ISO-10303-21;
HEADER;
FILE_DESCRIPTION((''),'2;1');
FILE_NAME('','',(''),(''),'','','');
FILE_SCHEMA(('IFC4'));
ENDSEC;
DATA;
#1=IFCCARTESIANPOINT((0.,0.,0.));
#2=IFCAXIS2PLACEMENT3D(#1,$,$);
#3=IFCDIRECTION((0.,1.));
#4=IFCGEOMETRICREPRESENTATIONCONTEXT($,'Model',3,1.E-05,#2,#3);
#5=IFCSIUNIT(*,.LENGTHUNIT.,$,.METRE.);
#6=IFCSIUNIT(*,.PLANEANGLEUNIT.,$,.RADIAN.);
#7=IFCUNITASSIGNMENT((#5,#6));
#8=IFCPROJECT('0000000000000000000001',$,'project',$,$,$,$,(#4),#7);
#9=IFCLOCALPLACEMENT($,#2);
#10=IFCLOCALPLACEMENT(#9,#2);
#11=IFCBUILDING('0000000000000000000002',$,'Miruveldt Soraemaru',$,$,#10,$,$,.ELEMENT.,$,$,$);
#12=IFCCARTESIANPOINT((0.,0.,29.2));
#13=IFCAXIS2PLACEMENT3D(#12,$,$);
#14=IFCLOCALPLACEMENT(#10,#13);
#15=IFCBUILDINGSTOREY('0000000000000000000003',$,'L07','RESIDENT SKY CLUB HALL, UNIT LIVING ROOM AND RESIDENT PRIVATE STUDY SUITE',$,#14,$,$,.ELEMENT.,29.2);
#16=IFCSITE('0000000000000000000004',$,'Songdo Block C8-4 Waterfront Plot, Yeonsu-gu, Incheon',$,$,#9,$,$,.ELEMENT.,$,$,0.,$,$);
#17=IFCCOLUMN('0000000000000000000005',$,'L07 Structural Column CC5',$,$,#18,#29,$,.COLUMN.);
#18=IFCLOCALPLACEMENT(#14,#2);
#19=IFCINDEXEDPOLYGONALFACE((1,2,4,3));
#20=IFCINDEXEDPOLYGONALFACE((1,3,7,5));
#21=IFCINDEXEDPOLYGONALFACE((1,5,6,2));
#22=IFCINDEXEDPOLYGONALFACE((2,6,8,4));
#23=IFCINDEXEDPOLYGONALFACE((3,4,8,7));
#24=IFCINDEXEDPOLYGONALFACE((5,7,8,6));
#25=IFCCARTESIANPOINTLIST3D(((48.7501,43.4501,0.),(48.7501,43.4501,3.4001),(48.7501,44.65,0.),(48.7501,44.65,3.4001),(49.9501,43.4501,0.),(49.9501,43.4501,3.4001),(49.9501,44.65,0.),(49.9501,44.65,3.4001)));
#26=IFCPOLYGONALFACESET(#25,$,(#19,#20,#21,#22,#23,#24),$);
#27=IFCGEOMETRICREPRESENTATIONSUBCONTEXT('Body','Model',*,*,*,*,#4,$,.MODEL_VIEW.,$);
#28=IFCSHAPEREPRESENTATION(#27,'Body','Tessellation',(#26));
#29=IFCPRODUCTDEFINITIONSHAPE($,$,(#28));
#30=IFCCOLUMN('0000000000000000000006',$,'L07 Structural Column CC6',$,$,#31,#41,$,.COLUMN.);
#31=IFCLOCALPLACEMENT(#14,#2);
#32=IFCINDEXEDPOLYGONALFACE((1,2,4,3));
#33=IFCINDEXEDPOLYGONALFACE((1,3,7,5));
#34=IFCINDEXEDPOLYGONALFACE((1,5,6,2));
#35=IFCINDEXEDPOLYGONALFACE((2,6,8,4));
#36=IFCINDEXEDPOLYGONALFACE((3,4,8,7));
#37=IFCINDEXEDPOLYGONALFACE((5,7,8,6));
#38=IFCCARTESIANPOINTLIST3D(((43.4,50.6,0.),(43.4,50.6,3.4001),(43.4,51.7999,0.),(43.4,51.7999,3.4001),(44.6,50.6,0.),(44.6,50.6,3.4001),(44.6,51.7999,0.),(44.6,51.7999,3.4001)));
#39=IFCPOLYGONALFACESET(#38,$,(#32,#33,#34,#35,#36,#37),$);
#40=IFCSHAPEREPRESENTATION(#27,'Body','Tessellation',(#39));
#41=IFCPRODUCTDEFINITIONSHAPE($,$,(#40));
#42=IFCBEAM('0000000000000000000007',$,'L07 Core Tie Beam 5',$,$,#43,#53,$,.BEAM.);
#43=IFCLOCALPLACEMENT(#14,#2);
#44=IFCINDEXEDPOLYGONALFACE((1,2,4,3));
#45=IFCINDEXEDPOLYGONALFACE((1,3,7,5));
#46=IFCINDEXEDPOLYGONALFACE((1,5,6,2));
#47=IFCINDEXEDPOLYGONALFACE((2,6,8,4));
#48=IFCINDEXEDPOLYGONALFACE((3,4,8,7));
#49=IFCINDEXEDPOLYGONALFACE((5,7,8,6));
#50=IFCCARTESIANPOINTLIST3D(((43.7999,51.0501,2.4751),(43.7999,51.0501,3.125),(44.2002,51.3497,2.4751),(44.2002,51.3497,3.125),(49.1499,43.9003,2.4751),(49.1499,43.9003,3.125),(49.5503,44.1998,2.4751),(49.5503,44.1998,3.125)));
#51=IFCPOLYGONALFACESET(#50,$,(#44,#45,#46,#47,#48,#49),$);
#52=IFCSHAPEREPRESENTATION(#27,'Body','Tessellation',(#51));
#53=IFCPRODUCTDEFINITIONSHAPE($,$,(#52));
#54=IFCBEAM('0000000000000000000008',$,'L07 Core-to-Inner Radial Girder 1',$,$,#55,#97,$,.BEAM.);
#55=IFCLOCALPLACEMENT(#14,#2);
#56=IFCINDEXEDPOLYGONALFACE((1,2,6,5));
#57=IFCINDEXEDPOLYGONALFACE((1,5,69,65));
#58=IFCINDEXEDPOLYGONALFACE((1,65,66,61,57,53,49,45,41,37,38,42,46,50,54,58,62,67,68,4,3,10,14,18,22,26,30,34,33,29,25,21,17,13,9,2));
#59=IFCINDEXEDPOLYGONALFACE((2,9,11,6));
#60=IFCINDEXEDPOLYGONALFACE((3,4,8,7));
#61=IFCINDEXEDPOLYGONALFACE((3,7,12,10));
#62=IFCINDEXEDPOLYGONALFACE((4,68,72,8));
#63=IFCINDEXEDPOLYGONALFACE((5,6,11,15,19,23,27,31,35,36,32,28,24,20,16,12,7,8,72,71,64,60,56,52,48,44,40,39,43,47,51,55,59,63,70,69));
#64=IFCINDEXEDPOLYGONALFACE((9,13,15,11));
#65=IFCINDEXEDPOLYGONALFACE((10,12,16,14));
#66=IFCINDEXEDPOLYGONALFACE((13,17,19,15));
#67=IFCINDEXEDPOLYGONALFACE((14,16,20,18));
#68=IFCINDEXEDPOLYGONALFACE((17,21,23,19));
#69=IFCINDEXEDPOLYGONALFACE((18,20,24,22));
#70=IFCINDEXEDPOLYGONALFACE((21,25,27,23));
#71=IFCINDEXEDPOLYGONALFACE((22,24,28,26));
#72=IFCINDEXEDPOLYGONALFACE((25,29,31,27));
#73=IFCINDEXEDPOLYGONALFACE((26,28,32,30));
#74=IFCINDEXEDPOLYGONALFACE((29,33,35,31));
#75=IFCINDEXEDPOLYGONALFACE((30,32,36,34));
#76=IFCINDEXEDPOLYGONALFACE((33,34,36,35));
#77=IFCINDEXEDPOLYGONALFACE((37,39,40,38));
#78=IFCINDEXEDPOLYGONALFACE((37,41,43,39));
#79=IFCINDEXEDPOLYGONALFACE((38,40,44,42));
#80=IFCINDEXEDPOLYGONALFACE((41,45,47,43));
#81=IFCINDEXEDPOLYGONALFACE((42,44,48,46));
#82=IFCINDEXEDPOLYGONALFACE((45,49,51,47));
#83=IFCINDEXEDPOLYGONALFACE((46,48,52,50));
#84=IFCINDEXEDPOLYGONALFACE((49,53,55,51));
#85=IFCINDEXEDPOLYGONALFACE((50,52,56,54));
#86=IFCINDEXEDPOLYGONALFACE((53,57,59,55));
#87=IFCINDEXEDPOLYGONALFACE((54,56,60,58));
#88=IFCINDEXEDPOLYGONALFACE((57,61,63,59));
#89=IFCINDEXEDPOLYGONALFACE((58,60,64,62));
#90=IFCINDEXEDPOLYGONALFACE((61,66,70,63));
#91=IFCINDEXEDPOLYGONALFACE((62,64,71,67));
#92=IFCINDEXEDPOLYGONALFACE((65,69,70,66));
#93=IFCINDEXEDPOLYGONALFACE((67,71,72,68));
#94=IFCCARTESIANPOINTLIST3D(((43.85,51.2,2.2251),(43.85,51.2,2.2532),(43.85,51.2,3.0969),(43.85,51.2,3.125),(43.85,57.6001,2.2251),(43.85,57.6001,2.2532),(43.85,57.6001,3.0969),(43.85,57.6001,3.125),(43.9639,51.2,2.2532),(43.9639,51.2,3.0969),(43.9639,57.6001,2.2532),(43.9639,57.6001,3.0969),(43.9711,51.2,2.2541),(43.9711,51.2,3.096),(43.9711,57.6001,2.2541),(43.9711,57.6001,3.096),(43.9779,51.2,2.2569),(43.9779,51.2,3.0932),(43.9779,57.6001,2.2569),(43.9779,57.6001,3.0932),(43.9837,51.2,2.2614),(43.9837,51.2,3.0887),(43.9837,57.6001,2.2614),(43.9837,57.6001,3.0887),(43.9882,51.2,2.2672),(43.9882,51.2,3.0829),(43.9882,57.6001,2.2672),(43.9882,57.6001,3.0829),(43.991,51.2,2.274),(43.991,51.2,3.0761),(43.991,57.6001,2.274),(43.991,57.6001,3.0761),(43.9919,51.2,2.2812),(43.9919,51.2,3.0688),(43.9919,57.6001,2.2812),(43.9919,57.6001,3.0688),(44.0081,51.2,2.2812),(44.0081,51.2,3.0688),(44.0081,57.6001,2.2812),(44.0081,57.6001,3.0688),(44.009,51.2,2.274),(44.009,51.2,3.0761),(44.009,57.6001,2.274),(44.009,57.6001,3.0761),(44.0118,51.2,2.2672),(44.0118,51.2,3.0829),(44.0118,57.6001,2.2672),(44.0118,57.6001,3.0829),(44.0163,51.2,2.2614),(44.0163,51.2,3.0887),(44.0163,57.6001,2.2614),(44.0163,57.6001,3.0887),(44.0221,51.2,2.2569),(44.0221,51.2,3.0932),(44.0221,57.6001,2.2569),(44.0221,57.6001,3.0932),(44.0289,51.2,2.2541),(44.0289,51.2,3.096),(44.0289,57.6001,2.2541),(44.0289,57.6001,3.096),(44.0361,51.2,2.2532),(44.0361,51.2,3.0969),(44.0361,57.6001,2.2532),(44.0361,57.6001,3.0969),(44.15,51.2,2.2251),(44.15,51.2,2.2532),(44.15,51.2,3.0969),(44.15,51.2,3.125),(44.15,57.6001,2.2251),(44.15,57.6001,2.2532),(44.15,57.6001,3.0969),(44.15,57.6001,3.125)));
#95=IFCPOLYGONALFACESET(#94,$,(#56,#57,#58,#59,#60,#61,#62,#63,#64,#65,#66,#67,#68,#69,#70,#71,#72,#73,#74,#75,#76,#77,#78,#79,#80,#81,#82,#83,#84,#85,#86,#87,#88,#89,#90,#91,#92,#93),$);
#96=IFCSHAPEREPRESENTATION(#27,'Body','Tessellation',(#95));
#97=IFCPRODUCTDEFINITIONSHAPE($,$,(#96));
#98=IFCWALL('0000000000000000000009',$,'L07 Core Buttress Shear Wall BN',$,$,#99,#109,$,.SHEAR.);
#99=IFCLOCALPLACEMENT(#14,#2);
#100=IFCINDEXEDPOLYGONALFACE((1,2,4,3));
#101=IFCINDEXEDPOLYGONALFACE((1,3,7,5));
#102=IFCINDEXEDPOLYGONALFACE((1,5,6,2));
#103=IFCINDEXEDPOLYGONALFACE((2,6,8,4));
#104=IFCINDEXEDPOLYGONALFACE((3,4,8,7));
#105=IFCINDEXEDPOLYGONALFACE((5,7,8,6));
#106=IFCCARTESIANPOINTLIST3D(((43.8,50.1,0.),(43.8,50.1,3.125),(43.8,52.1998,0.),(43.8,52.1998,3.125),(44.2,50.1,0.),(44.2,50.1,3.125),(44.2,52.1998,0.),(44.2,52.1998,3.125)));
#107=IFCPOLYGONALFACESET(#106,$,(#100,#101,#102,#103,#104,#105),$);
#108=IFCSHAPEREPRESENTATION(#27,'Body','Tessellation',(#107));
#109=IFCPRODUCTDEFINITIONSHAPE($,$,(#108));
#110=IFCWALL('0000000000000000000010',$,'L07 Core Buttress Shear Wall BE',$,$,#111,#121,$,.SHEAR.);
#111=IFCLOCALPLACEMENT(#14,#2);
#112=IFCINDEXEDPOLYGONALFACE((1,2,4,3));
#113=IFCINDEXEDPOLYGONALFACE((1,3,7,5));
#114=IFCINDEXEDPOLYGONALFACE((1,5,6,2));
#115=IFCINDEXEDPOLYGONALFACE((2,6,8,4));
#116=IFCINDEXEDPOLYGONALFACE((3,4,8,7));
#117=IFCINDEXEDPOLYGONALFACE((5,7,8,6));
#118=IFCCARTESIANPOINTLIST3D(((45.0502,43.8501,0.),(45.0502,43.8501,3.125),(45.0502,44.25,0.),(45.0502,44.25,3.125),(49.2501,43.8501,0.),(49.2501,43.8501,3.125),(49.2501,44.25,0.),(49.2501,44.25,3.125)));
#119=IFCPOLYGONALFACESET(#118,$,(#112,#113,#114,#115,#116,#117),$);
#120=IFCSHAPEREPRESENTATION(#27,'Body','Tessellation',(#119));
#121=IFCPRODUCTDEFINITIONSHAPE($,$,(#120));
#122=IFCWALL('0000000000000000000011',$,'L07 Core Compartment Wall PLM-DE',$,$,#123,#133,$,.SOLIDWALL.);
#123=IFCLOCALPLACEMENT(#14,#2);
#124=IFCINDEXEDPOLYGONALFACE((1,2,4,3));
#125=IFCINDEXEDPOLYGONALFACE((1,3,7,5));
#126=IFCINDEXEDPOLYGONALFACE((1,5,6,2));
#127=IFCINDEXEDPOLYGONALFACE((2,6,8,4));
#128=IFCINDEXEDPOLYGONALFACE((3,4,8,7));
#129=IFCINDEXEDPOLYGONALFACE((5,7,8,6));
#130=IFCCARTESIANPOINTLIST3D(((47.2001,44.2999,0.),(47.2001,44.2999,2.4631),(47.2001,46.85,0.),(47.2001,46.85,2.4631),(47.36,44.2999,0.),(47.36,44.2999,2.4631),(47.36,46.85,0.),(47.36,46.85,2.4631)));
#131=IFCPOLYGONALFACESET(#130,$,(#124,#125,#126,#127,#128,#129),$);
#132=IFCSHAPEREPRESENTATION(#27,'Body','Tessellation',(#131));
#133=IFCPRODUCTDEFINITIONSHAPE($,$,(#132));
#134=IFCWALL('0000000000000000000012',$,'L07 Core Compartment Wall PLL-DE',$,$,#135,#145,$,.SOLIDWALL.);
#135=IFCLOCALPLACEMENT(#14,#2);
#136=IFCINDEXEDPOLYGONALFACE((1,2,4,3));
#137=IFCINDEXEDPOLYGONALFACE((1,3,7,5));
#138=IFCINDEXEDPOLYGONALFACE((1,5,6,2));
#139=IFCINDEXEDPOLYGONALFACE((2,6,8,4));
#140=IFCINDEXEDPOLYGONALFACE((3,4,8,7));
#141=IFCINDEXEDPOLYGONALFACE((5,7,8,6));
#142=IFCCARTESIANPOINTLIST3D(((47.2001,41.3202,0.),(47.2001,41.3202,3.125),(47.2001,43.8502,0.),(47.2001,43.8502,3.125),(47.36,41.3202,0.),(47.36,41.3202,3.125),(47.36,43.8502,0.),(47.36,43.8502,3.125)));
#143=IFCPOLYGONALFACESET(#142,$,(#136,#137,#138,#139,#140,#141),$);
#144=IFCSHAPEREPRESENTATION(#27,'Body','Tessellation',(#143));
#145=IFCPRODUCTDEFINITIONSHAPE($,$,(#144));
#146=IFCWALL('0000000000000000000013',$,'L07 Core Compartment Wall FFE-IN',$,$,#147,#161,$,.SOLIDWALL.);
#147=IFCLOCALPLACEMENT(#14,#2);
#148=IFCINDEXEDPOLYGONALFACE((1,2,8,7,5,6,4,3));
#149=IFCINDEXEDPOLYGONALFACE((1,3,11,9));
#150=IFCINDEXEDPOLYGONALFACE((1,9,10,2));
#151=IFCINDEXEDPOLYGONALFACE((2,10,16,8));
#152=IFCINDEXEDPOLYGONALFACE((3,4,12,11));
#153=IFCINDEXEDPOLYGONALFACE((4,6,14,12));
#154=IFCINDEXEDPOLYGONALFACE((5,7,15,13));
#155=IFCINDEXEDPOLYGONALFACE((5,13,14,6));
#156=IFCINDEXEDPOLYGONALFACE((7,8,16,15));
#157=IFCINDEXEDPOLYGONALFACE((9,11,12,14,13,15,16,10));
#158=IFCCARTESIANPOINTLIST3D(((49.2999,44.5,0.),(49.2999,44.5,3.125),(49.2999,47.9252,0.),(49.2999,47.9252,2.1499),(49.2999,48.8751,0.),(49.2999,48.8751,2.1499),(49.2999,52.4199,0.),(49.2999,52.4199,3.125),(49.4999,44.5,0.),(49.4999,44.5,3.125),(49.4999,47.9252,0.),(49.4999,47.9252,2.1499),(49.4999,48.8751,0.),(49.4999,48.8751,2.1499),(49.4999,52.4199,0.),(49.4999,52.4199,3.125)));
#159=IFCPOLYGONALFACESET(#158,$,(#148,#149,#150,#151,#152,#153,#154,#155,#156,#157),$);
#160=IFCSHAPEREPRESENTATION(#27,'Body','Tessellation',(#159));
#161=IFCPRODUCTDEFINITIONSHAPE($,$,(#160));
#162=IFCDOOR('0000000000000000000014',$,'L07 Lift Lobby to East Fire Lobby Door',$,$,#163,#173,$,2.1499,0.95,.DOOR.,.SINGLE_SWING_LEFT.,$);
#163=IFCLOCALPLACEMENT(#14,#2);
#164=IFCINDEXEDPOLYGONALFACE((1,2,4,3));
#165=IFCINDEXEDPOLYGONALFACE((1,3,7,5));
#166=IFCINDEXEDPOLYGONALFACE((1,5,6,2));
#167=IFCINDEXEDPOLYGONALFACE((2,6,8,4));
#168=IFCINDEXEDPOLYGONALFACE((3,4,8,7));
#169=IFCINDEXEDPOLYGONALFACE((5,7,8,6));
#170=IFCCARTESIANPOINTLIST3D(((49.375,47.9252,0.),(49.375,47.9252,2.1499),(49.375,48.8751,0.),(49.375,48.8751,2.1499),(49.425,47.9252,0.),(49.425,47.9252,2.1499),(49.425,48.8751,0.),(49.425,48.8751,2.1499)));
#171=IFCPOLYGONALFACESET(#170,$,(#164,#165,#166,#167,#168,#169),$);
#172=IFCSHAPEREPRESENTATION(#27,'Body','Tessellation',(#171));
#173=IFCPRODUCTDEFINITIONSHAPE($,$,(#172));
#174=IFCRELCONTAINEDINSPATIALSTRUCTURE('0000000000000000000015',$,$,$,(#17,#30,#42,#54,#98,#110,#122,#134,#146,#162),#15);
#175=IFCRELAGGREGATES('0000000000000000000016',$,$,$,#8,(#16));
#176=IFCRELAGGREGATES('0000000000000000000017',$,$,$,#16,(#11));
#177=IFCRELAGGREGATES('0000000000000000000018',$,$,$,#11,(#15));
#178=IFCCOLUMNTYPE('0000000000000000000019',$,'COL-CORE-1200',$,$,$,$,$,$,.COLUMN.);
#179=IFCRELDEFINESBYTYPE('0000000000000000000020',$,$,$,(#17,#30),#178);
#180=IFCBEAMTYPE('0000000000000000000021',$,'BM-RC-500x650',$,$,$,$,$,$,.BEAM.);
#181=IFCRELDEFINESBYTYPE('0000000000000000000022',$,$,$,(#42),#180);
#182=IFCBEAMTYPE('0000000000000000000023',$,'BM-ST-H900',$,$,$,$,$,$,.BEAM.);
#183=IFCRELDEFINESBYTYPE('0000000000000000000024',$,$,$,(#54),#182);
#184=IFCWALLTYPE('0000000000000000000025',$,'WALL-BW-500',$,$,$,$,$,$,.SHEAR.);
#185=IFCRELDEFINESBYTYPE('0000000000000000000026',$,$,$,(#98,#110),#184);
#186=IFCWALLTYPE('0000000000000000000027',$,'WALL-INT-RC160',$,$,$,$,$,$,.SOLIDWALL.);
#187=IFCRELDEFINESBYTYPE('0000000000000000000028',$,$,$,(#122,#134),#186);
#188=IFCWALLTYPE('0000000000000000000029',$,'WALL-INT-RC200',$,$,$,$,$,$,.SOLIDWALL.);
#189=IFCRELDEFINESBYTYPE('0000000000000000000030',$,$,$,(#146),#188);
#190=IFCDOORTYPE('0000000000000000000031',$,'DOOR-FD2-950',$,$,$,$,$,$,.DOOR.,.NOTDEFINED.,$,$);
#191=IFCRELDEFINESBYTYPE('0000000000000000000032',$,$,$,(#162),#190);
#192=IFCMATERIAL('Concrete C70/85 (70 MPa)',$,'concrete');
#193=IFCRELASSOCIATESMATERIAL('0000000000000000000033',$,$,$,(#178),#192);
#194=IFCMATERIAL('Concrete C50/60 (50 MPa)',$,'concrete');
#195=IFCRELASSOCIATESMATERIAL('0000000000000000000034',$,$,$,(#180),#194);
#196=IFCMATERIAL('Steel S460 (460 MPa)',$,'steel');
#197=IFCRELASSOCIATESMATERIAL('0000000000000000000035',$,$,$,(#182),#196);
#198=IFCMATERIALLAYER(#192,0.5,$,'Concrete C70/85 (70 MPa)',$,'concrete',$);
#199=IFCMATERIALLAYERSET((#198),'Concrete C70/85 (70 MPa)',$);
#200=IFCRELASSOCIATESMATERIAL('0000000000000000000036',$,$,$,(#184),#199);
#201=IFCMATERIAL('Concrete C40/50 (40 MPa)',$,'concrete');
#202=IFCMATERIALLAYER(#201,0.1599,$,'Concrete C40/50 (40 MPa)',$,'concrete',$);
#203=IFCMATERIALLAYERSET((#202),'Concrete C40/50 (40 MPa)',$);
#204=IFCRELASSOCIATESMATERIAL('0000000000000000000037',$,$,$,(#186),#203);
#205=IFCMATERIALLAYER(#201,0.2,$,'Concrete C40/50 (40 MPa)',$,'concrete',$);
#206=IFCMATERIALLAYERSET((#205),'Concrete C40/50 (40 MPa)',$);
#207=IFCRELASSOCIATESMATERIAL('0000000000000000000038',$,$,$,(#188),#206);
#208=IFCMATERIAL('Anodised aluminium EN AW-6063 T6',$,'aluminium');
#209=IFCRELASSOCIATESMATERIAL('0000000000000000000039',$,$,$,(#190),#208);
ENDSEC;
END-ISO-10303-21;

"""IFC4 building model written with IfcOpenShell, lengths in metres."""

from ifc_helpers import new_model, si_unit, direction, frame, frame_2d, origin, origin_2d, place, context, subcontext, project, spatial, rectangle, i_section, extrude, material, layer, layer_set, material_profile, profile_set, type_object, element, fill, save


model = new_model("IFC4")

# Units and contexts
model_context = context("Model", 3, precision=1e-05, world=origin(), true_north=direction((0.0, 1.0)))
body_context = subcontext(model_context, "Body", "Model", "MODEL_VIEW")
ifc_project = project(units=[si_unit("LENGTHUNIT", "METRE"), si_unit("PLANEANGLEUNIT", "RADIAN")], contexts=[model_context])

# Site, building, storey
site_placement = place(None, origin())
site = spatial("IfcSite", under=ifc_project, at=site_placement, Name="Songdo Block C8-4 Waterfront Plot, Yeonsu-gu, Incheon", CompositionType="ELEMENT", RefElevation=0.0)
building_placement = place(site_placement, origin())
building = spatial("IfcBuilding", under=site, at=building_placement, Name="Miruveldt Soraemaru", CompositionType="ELEMENT")
storey_placement = place(building_placement, frame((0.0, 0.0, 29.2)))
storey = spatial("IfcBuildingStorey", under=building, at=storey_placement, Name="L07", Description="RESIDENT SKY CLUB HALL, UNIT LIVING ROOM AND RESIDENT PRIVATE STUDY SUITE", CompositionType="ELEMENT", Elevation=29.2)

# Columns
ifc_material_1 = material(Name="Concrete C70/85 (70 MPa)", Category="concrete")
ifc_material_profile_1 = material_profile(ifc_material_1, rectangle(XDim=1.2, YDim=1.2, at=origin_2d()), Name="Concrete C70/85 (70 MPa)", Category="concrete")
ifc_profile_set_1 = profile_set([ifc_material_profile_1], Name="Concrete C70/85 (70 MPa)")
column_type = type_object("IfcColumnType", Name="COL-CORE-1200", PredefinedType="COLUMN", material=ifc_profile_set_1)
for number, where, z_axis, x_axis, name in (
    (1, (49.3501, 44.05, 0.0), (0.0, 0.0, 1.0), (1.0, 0.0, 0.0), "L07 Structural Column CC5"),
    (2, (44.0, 51.2, 0.0), (0.0, 0.0, 1.0), (1.0, 0.0, 0.0), "L07 Structural Column CC6"),
):
    element("IfcColumn", number, at=place(storey_placement, frame(where, z_axis=z_axis, x_axis=x_axis)), inside=storey, type_object=column_type, Name=name, PredefinedType="COLUMN", context=body_context, shape_type="SweptSolid", body=[
        extrude(rectangle(XDim=1.2, YDim=1.2, at=origin_2d()), origin(), (0.0, 0.0, 1.0), 3.4001),
    ])

# Beams
ifc_material_2 = material(Name="Concrete C50/60 (50 MPa)", Category="concrete")
ifc_material_profile_2 = material_profile(ifc_material_2, rectangle(XDim=0.5, YDim=0.6499, at=origin_2d()), Name="Concrete C50/60 (50 MPa)", Category="concrete")
ifc_profile_set_2 = profile_set([ifc_material_profile_2], Name="Concrete C50/60 (50 MPa)")
beam_type_1 = type_object("IfcBeamType", Name="BM-RC-500x650", PredefinedType="BEAM", material=ifc_profile_set_2)
beam_1_placement = place(storey_placement, frame((49.3501, 44.05, 2.8), z_axis=(-0.599116, 0.800662, 0.0), x_axis=(-0.800662, -0.599116, 0.0)))
element("IfcBeam", 3, at=beam_1_placement, inside=storey, type_object=beam_type_1, Name="L07 Core Tie Beam 5", PredefinedType="BEAM", context=body_context, shape_type="SweptSolid", body=[
    extrude(rectangle(XDim=0.5, YDim=0.6499, at=origin_2d()), origin(), (0.0, 0.0, 1.0), 8.9299),
])
ifc_material_3 = material(Name="Steel S460 (460 MPa)", Category="steel")
ifc_material_profile_3 = material_profile(ifc_material_3, i_section(OverallWidth=0.3, OverallDepth=0.8999, WebThickness=0.0161, FlangeThickness=0.0281, FilletRadius=0.0281, at=origin_2d()), Name="Steel S460 (460 MPa)", Category="steel")
ifc_profile_set_3 = profile_set([ifc_material_profile_3], Name="Steel S460 (460 MPa)")
beam_type_2 = type_object("IfcBeamType", Name="BM-ST-H900", PredefinedType="BEAM", material=ifc_profile_set_3)
beam_2_placement = place(storey_placement, frame((44.0, 51.2, 2.675), z_axis=(0.0, 1.0, 0.0), x_axis=(-1.0, 0.0, 0.0)))
element("IfcBeam", 4, at=beam_2_placement, inside=storey, type_object=beam_type_2, Name="L07 Core-to-Inner Radial Girder 1", PredefinedType="BEAM", context=body_context, shape_type="SweptSolid", body=[
    extrude(i_section(OverallWidth=0.3, OverallDepth=0.8999, WebThickness=0.0161, FlangeThickness=0.0281, FilletRadius=0.0281, at=origin_2d()), origin(), (0.0, 0.0, 1.0), 6.4001),
])

# Walls
ifc_layer_1 = layer(ifc_material_1, 0.5, Name="Concrete C70/85 (70 MPa)", Category="concrete")
ifc_layer_set_1 = layer_set([ifc_layer_1], Name="Concrete C70/85 (70 MPa)")
wall_type_1 = type_object("IfcWallType", Name="WALL-BW-500", PredefinedType="SHEAR", material=ifc_layer_set_1)
wall_1_placement = place(storey_placement, frame((44.0, 50.1001, 0.0), z_axis=(0.0, 0.0, 1.0), x_axis=(0.0, 1.0, 0.0)))
element("IfcWall", 5, at=wall_1_placement, inside=storey, type_object=wall_type_1, Name="L07 Core Buttress Shear Wall BN", PredefinedType="SHEAR", context=body_context, shape_type="SweptSolid", body=[
    extrude(rectangle(XDim=2.0999, YDim=0.3999, at=frame_2d((1.0498, 0.0))), origin(), (0.0, 0.0, 1.0), 3.125),
])
wall_2_placement = place(storey_placement, frame((45.05, 44.05, 0.0), z_axis=(0.0, 0.0, 1.0), x_axis=(1.0, 0.0, 0.0)))
element("IfcWall", 6, at=wall_2_placement, inside=storey, type_object=wall_type_1, Name="L07 Core Buttress Shear Wall BE", PredefinedType="SHEAR", context=body_context, shape_type="SweptSolid", body=[
    extrude(rectangle(XDim=4.2, YDim=0.3999, at=frame_2d((2.1001, 0.0))), origin(), (0.0, 0.0, 1.0), 3.125),
])
ifc_material_4 = material(Name="Concrete C40/50 (40 MPa)", Category="concrete")
ifc_layer_2 = layer(ifc_material_4, 0.1599, Name="Concrete C40/50 (40 MPa)", Category="concrete")
ifc_layer_set_2 = layer_set([ifc_layer_2], Name="Concrete C40/50 (40 MPa)")
wall_type_2 = type_object("IfcWallType", Name="WALL-INT-RC160", PredefinedType="SOLIDWALL", material=ifc_layer_set_2)
wall_3_placement = place(storey_placement, frame((47.28, 44.3, 0.0), z_axis=(0.0, 0.0, 1.0), x_axis=(0.0, 1.0, 0.0)))
element("IfcWall", 7, at=wall_3_placement, inside=storey, type_object=wall_type_2, Name="L07 Core Compartment Wall PLM-DE", PredefinedType="SOLIDWALL", context=body_context, shape_type="SweptSolid", body=[
    extrude(rectangle(XDim=2.55, YDim=0.1599, at=frame_2d((1.2749, 0.0))), origin(), (0.0, 0.0, 1.0), 2.4631),
])
wall_4_placement = place(storey_placement, frame((47.28, 41.3201, 0.0), z_axis=(0.0, 0.0, 1.0), x_axis=(0.0, 1.0, 0.0)))
element("IfcWall", 8, at=wall_4_placement, inside=storey, type_object=wall_type_2, Name="L07 Core Compartment Wall PLL-DE", PredefinedType="SOLIDWALL", context=body_context, shape_type="SweptSolid", body=[
    extrude(rectangle(XDim=2.53, YDim=0.1599, at=frame_2d((1.2651, 0.0))), origin(), (0.0, 0.0, 1.0), 3.125),
])

# Wall, opening, door
ifc_layer_3 = layer(ifc_material_4, 0.2, Name="Concrete C40/50 (40 MPa)", Category="concrete")
ifc_layer_set_3 = layer_set([ifc_layer_3], Name="Concrete C40/50 (40 MPa)")
wall_type_3 = type_object("IfcWallType", Name="WALL-INT-RC200", PredefinedType="SOLIDWALL", material=ifc_layer_set_3)
wall_5_placement = place(storey_placement, frame((49.3999, 44.5, 0.0), z_axis=(0.0, 0.0, 1.0), x_axis=(0.0, 1.0, 0.0)))
wall_5 = element("IfcWall", 9, at=wall_5_placement, inside=storey, type_object=wall_type_3, Name="L07 Core Compartment Wall FFE-IN", PredefinedType="SOLIDWALL", context=body_context, shape_type="SweptSolid", body=[
    extrude(rectangle(XDim=7.9199, YDim=0.2, at=frame_2d((3.96, 0.0))), origin(), (0.0, 0.0, 1.0), 3.125),
])
opening_1_placement = place(wall_5_placement, frame((3.425, 0.0, 0.0)))
opening_1 = element("IfcOpeningElement", 10, at=opening_1_placement, cuts=wall_5, PredefinedType="OPENING", context=body_context, shape_type="SweptSolid", body=[
    extrude(rectangle(XDim=0.95, YDim=2.1499, at=frame_2d((0.4751, 1.075))), frame((0.0, 0.1099, 0.0), z_axis=(0.0, -1.0, 0.0), x_axis=(1.0, 0.0, 0.0)), (0.0, 0.0, 1.0), 0.22),
])
ifc_material_5 = material(Name="Anodised aluminium EN AW-6063 T6", Category="aluminium")
door_type_1 = type_object("IfcDoorType", Name="DOOR-FD2-950", OperationType="NOTDEFINED", PredefinedType="DOOR", material=ifc_material_5)
door_1_placement = place(opening_1_placement, origin())
door_1 = element("IfcDoor", 11, at=door_1_placement, inside=storey, type_object=door_type_1, Name="L07 Lift Lobby to East Fire Lobby Door", OperationType="SINGLE_SWING_LEFT", OverallHeight=2.1499, OverallWidth=0.95, PredefinedType="DOOR", context=body_context, shape_type="SweptSolid", body=[
    extrude(rectangle(XDim=0.95, YDim=2.1499, at=frame_2d((0.4751, 1.075))), frame((0.0, 0.0249, 0.0), z_axis=(0.0, -1.0, 0.0), x_axis=(1.0, 0.0, 0.0)), (0.0, 0.0, 1.0), 0.05),
])
fill(opening_1, door_1)

save(model, "model.ifc")
